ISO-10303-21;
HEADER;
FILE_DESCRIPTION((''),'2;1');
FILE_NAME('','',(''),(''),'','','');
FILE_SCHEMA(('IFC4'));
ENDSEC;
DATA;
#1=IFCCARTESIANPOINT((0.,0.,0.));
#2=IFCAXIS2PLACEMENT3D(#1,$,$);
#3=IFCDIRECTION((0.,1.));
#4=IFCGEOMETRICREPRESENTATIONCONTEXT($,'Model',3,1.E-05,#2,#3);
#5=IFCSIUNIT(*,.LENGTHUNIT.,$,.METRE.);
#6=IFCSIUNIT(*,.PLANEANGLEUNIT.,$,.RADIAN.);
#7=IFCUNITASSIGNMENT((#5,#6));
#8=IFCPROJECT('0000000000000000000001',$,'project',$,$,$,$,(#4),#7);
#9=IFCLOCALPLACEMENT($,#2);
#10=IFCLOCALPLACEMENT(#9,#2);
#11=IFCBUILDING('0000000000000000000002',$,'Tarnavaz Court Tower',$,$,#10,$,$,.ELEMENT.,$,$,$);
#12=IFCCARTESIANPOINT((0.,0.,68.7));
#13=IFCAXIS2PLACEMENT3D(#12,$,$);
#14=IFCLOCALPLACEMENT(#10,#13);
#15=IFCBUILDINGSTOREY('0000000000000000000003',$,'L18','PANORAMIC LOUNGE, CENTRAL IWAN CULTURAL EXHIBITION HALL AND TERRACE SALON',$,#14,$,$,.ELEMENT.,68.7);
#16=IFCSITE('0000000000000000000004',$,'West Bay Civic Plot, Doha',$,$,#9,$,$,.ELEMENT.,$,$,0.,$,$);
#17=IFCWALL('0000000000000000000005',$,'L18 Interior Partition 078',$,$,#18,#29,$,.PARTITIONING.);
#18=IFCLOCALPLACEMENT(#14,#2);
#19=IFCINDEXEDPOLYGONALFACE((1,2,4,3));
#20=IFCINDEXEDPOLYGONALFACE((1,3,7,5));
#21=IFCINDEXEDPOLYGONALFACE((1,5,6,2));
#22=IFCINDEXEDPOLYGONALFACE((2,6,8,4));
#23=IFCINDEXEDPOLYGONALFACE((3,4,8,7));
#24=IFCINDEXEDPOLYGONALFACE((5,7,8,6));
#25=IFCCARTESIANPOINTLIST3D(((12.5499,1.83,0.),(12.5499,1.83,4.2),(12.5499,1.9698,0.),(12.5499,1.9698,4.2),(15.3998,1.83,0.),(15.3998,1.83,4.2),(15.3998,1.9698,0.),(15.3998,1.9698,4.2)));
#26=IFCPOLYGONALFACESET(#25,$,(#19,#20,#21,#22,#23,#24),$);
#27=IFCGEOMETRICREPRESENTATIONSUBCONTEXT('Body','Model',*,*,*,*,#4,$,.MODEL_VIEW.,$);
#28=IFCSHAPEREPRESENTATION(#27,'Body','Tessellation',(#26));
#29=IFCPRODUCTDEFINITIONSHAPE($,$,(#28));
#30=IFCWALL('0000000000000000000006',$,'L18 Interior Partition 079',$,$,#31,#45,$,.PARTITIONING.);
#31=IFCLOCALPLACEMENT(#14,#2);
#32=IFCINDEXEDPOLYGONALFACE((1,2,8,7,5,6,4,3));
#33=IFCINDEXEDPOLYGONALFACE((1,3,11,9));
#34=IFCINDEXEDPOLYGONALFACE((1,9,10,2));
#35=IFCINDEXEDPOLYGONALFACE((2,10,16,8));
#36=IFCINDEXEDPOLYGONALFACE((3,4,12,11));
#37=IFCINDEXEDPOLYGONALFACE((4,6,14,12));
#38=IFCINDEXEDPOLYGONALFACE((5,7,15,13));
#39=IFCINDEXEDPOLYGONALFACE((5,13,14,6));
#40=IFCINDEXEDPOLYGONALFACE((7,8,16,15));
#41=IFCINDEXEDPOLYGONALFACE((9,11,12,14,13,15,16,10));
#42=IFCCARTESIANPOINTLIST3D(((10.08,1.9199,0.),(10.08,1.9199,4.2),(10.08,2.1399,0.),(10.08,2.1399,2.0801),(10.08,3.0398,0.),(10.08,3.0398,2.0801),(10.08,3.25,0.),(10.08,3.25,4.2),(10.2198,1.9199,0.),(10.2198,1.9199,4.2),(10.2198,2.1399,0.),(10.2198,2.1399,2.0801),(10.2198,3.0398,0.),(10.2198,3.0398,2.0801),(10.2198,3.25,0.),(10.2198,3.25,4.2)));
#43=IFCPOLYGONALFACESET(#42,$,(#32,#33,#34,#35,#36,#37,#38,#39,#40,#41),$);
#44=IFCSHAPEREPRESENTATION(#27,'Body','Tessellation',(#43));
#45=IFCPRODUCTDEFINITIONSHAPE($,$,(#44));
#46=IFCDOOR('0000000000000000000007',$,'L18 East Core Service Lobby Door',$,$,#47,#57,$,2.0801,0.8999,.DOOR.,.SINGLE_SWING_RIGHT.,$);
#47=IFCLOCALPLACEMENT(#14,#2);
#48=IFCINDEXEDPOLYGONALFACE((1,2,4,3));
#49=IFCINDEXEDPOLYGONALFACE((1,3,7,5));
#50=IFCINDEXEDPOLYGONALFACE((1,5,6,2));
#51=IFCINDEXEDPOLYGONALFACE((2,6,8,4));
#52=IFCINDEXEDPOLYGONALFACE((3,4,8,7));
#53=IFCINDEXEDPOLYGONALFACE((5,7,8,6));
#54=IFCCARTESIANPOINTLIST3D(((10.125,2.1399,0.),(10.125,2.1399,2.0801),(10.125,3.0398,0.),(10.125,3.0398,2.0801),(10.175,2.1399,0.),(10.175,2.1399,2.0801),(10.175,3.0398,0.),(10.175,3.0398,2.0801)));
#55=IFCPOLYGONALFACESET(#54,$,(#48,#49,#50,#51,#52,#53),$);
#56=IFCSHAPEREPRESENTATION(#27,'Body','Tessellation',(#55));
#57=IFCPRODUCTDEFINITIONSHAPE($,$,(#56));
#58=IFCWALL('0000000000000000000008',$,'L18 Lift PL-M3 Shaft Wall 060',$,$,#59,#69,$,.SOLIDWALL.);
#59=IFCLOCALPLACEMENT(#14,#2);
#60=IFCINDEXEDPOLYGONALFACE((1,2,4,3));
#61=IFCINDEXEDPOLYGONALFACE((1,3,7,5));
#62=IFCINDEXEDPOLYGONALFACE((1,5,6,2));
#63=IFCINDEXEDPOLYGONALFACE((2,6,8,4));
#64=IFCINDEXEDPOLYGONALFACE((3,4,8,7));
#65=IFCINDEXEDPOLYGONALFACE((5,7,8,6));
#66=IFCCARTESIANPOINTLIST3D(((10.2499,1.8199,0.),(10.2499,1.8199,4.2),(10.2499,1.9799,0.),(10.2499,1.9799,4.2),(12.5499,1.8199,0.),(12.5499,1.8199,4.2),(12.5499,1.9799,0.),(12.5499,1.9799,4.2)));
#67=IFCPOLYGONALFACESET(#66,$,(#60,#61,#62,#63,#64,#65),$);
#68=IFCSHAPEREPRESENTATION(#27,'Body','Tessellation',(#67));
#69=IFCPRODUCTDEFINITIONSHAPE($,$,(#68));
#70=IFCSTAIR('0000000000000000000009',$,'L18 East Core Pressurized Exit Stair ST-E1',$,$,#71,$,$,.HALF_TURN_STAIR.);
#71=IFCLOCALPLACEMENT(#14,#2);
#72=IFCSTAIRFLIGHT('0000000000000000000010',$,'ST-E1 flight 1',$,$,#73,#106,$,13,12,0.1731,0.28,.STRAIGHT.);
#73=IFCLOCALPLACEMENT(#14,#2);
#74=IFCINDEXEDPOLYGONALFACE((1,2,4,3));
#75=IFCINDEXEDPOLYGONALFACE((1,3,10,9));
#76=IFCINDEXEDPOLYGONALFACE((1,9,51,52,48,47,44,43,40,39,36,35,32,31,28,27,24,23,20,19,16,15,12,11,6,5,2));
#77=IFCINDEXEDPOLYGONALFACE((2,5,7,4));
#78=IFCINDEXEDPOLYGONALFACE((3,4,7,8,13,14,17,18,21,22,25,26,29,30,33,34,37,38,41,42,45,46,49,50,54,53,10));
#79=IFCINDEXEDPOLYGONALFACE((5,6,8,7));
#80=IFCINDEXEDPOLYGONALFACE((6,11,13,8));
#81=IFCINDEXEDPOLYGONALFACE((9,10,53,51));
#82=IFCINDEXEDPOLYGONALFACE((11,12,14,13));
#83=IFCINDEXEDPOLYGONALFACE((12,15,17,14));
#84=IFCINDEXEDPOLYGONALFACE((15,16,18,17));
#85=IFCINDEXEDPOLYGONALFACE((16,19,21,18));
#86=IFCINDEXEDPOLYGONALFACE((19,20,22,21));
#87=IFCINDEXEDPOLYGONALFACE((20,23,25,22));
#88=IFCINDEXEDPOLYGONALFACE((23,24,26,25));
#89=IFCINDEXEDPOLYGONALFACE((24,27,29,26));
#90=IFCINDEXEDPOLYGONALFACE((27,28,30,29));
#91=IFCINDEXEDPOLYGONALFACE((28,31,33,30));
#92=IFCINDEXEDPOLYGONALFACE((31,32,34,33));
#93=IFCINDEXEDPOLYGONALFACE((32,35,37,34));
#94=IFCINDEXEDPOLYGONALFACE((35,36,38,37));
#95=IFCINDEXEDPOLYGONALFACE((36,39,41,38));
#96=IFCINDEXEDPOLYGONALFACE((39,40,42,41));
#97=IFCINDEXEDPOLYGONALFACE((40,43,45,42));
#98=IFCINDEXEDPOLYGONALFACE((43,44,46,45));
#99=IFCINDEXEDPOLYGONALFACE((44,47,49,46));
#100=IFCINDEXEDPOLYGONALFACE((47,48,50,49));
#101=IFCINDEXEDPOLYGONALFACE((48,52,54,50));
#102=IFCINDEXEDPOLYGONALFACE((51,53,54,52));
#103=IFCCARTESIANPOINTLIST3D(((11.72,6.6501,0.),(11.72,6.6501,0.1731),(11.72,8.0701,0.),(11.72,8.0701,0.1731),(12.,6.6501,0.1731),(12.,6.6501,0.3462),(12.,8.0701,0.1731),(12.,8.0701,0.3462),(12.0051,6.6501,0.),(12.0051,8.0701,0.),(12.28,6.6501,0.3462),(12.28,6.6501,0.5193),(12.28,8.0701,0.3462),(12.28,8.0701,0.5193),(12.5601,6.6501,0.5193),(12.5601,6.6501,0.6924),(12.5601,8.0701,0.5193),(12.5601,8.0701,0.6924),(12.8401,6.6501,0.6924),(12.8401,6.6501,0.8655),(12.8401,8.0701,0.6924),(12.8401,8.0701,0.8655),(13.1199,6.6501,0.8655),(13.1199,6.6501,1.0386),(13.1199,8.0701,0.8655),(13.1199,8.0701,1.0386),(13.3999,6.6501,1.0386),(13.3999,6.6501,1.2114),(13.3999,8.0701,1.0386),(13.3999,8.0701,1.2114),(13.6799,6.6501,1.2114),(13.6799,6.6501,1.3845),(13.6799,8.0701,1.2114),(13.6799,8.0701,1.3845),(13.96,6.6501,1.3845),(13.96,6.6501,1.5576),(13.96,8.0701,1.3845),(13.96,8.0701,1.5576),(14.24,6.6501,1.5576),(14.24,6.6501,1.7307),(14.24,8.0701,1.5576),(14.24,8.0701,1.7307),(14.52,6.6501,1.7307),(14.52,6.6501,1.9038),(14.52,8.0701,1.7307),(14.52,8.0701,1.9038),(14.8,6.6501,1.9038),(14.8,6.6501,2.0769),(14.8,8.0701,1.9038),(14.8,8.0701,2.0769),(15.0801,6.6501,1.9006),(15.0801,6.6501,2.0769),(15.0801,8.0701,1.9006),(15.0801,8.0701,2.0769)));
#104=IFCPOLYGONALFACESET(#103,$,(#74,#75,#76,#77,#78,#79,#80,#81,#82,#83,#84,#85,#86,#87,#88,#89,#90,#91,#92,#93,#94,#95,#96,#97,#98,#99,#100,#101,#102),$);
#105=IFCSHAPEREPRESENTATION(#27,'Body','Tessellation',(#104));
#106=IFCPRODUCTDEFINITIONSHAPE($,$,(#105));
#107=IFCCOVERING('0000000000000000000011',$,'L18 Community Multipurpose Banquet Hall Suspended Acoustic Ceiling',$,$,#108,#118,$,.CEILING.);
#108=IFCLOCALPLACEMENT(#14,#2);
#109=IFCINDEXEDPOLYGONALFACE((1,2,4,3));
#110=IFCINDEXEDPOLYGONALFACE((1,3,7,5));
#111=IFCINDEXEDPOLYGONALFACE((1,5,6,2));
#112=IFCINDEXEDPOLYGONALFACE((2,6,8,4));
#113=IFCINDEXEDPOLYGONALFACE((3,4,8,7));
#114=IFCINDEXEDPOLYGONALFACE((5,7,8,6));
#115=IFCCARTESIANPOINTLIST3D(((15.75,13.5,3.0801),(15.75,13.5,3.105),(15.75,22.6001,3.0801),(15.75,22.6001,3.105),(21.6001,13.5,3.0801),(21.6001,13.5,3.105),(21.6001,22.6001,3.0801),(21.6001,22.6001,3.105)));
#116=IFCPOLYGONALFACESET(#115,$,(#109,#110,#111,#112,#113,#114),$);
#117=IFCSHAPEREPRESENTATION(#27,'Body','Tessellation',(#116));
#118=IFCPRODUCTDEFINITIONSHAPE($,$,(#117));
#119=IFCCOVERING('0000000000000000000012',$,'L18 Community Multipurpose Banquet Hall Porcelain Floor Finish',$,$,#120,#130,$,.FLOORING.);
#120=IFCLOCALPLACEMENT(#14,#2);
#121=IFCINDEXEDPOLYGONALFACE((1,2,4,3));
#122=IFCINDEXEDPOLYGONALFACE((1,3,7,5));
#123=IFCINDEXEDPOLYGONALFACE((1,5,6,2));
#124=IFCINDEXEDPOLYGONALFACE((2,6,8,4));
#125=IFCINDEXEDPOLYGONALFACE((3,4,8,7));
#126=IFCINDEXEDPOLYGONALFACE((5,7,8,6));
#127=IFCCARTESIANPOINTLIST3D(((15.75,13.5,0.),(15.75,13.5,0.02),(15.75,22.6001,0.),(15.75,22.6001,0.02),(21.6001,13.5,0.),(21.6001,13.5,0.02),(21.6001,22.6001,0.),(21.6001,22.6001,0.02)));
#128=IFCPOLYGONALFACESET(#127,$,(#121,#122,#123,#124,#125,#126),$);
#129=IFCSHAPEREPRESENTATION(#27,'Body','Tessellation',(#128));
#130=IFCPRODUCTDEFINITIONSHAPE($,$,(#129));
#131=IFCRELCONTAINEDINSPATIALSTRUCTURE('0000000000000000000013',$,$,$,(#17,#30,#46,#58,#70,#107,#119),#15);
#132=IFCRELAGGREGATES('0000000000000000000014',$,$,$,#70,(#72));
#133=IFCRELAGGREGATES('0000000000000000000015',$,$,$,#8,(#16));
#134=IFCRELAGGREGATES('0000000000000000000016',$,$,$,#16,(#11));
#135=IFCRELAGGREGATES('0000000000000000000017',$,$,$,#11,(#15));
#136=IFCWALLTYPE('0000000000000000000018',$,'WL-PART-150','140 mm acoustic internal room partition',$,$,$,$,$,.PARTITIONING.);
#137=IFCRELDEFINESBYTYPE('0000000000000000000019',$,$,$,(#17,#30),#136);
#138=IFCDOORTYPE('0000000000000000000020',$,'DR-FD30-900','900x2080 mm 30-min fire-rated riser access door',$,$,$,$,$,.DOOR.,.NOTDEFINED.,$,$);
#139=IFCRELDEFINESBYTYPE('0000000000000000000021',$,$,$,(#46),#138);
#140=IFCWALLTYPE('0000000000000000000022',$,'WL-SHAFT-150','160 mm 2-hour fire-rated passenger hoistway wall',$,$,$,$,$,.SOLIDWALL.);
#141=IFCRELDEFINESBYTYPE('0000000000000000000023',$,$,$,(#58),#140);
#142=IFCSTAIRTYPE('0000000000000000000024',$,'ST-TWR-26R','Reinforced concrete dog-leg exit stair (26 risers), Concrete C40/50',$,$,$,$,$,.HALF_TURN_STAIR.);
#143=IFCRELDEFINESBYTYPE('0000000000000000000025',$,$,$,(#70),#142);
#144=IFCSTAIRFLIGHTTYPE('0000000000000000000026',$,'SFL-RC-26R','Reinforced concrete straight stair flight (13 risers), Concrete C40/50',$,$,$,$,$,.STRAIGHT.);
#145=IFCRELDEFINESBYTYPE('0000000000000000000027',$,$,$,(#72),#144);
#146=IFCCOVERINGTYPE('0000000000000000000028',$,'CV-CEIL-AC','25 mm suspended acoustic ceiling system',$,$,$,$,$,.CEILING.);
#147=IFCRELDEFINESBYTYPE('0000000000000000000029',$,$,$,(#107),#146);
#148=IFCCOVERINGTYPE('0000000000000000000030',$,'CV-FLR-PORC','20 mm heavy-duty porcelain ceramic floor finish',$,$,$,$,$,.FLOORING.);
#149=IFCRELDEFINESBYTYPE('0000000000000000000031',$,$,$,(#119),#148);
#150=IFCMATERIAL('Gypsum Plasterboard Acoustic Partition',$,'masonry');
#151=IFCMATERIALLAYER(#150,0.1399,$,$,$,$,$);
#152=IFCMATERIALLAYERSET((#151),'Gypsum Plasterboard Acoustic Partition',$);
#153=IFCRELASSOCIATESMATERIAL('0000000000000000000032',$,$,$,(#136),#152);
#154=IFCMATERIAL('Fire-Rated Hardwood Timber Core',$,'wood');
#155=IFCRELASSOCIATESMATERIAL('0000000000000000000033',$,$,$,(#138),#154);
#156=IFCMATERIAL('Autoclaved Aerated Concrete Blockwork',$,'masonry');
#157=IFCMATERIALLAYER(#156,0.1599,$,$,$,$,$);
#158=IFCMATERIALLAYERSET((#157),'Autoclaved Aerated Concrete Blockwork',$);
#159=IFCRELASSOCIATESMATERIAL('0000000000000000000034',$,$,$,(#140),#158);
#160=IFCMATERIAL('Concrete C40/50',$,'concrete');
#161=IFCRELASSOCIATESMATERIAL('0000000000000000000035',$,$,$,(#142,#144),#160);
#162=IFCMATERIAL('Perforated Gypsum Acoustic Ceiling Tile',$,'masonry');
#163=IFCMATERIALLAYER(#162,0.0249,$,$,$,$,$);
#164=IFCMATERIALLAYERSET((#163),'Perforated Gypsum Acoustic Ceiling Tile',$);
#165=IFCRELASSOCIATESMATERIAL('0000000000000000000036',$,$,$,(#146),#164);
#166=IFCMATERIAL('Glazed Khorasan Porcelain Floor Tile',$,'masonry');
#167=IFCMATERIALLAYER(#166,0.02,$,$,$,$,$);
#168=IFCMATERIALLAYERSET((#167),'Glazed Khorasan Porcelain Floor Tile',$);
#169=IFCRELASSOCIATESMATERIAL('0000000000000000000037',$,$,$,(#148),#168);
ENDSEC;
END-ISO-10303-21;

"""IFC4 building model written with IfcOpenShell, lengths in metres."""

from ifc_helpers import new_model, si_unit, direction, frame, frame_2d, origin, place, context, subcontext, project, spatial, polyline, rectangle, outline, extrude, material, layer, layer_set, type_object, element, fill, aggregate, save


model = new_model("IFC4")

# Units and contexts
model_context = context("Model", 3, precision=1e-05, world=origin(), true_north=direction((0.0, 1.0)))
body_context = subcontext(model_context, "Body", "Model", "MODEL_VIEW")
ifc_project = project(units=[si_unit("LENGTHUNIT", "METRE"), si_unit("PLANEANGLEUNIT", "RADIAN")], contexts=[model_context])

# Site, building, storey
site_placement = place(None, origin())
site = spatial("IfcSite", under=ifc_project, at=site_placement, Name="West Bay Civic Plot, Doha", CompositionType="ELEMENT", RefElevation=0.0)
building_placement = place(site_placement, origin())
building = spatial("IfcBuilding", under=site, at=building_placement, Name="Tarnavaz Court Tower", CompositionType="ELEMENT")
storey_placement = place(building_placement, frame((0.0, 0.0, 68.7)))
storey = spatial("IfcBuildingStorey", under=building, at=storey_placement, Name="L18", Description="PANORAMIC LOUNGE, CENTRAL IWAN CULTURAL EXHIBITION HALL AND TERRACE SALON", CompositionType="ELEMENT", Elevation=68.7)

# Shared definitions
ifc_material_1 = material(Name="Fire-Rated Hardwood Timber Core", Category="wood")

# Shared definitions
ifc_material_2 = material(Name="Autoclaved Aerated Concrete Blockwork", Category="masonry")

# Wall
ifc_material_3 = material(Name="Gypsum Plasterboard Acoustic Partition", Category="masonry")
ifc_layer_1 = layer(ifc_material_3, 0.1399)
ifc_layer_set_1 = layer_set([ifc_layer_1], Name="Gypsum Plasterboard Acoustic Partition")
wall_type_1 = type_object("IfcWallType", Name="WL-PART-150", Description="140 mm acoustic internal room partition", PredefinedType="PARTITIONING", material=ifc_layer_set_1)
wall_1_placement = place(storey_placement, frame((12.55, 1.8999, 0.0), z_axis=(0.0, 0.0, 1.0), x_axis=(1.0, 0.0, 0.0)))
element("IfcWall", 1, at=wall_1_placement, inside=storey, type_object=wall_type_1, Name="L18 Interior Partition 078", PredefinedType="PARTITIONING", context=body_context, shape_type="SweptSolid", body=[
    extrude(rectangle(XDim=2.8499, YDim=0.1399, at=frame_2d((1.4248, 0.0))), origin(), (0.0, 0.0, 1.0), 4.2),
])

# Wall, opening, door
wall_2_placement = place(storey_placement, frame((10.1499, 1.9199, 0.0), z_axis=(0.0, 0.0, 1.0), x_axis=(0.0, 1.0, 0.0)))
wall_2 = element("IfcWall", 2, at=wall_2_placement, inside=storey, type_object=wall_type_1, Name="L18 Interior Partition 079", PredefinedType="PARTITIONING", context=body_context, shape_type="SweptSolid", body=[
    extrude(rectangle(XDim=1.3301, YDim=0.1399, at=frame_2d((0.665, 0.0))), origin(), (0.0, 0.0, 1.0), 4.2),
])
opening_1_placement = place(wall_2_placement, frame((0.22, 0.0, 0.0)))
opening_1 = element("IfcOpeningElement", 3, at=opening_1_placement, cuts=wall_2, PredefinedType="OPENING", context=body_context, shape_type="SweptSolid", body=[
    extrude(rectangle(XDim=0.8999, YDim=2.0801, at=frame_2d((0.45, 1.04))), frame((0.0, 0.0798, 0.0), z_axis=(0.0, -1.0, 0.0), x_axis=(1.0, 0.0, 0.0)), (0.0, 0.0, 1.0), 0.1599),
])
door_type_1 = type_object("IfcDoorType", Name="DR-FD30-900", Description="900x2080 mm 30-min fire-rated riser access door", OperationType="NOTDEFINED", PredefinedType="DOOR", material=ifc_material_1)
door_1_placement = place(opening_1_placement, origin())
door_1 = element("IfcDoor", 4, at=door_1_placement, inside=storey, type_object=door_type_1, Name="L18 East Core Service Lobby Door", OperationType="SINGLE_SWING_RIGHT", OverallHeight=2.0801, OverallWidth=0.8999, PredefinedType="DOOR", context=body_context, shape_type="SweptSolid", body=[
    extrude(rectangle(XDim=0.8999, YDim=2.0801, at=frame_2d((0.45, 1.04))), frame((0.0, 0.0249, 0.0), z_axis=(0.0, -1.0, 0.0), x_axis=(1.0, 0.0, 0.0)), (0.0, 0.0, 1.0), 0.05),
])
fill(opening_1, door_1)

# Wall
ifc_layer_2 = layer(ifc_material_2, 0.1599)
ifc_layer_set_2 = layer_set([ifc_layer_2], Name="Autoclaved Aerated Concrete Blockwork")
wall_type_2 = type_object("IfcWallType", Name="WL-SHAFT-150", Description="160 mm 2-hour fire-rated passenger hoistway wall", PredefinedType="SOLIDWALL", material=ifc_layer_set_2)
wall_3_placement = place(storey_placement, frame((10.25, 1.8999, 0.0), z_axis=(0.0, 0.0, 1.0), x_axis=(1.0, 0.0, 0.0)))
element("IfcWall", 5, at=wall_3_placement, inside=storey, type_object=wall_type_2, Name="L18 Lift PL-M3 Shaft Wall 060", PredefinedType="SOLIDWALL", context=body_context, shape_type="SweptSolid", body=[
    extrude(rectangle(XDim=2.3, YDim=0.1599, at=frame_2d((1.1499, 0.0))), origin(), (0.0, 0.0, 1.0), 4.2),
])

# Stair, stair flight
ifc_material_4 = material(Name="Concrete C40/50", Category="concrete")
stair_type = type_object("IfcStairType", Name="ST-TWR-26R", Description="Reinforced concrete dog-leg exit stair (26 risers), Concrete C40/50", PredefinedType="HALF_TURN_STAIR", material=ifc_material_4)
stair_placement = place(storey_placement, origin())
stair = element("IfcStair", 6, at=stair_placement, inside=storey, type_object=stair_type, Name="L18 East Core Pressurized Exit Stair ST-E1", PredefinedType="HALF_TURN_STAIR")
stair_flight_type = type_object("IfcStairFlightType", Name="SFL-RC-26R", Description="Reinforced concrete straight stair flight (13 risers), Concrete C40/50", PredefinedType="STRAIGHT", material=ifc_material_4)
stair_flight_placement = place(storey_placement, frame((11.72, 7.3601, 0.0), z_axis=(0.0, 0.0, 1.0), x_axis=(1.0, 0.0, 0.0)))
stair_flight = element("IfcStairFlight", 7, at=stair_flight_placement, type_object=stair_flight_type, Name="ST-E1 flight 1", NumberOfRisers=13, NumberOfTreads=12, PredefinedType="STRAIGHT", RiserHeight=0.1731, TreadLength=0.28, context=body_context, shape_type="SweptSolid", body=[
    extrude(outline(polyline([(0.0, 0.0), (0.0, 0.1731), (0.28, 0.1731), (0.28, 0.3462), (0.5601, 0.3462), (0.5601, 0.5193), (0.8401, 0.5193), (0.8401, 0.6924), (1.1201, 0.6924), (1.1201, 0.8655), (1.3999, 0.8655), (1.3999, 1.0386), (1.6799, 1.0386), (1.6799, 1.2114), (1.96, 1.2114), (1.96, 1.3845), (2.24, 1.3845), (2.24, 1.5576), (2.52, 1.5576), (2.52, 1.7307), (2.8, 1.7307), (2.8, 1.9038), (3.0801, 1.9038), (3.0801, 2.0769), (3.3601, 2.0769), (3.3601, 2.25), (3.3601, 1.9006), (0.2852, 0.0), (0.0, 0.0)])), frame((0.0, 0.71, 0.0), z_axis=(0.0, -1.0, 0.0), x_axis=(1.0, 0.0, 0.0)), (0.0, 0.0, 1.0), 1.4199),
])
aggregate(stair, [stair_flight])

# Coverings
ifc_material_5 = material(Name="Perforated Gypsum Acoustic Ceiling Tile", Category="masonry")
ifc_layer_3 = layer(ifc_material_5, 0.0249)
ifc_layer_set_3 = layer_set([ifc_layer_3], Name="Perforated Gypsum Acoustic Ceiling Tile")
covering_type_1 = type_object("IfcCoveringType", Name="CV-CEIL-AC", Description="25 mm suspended acoustic ceiling system", PredefinedType="CEILING", material=ifc_layer_set_3)
covering_1_placement = place(storey_placement, frame((0.0, 0.0, 3.0801)))
element("IfcCovering", 8, at=covering_1_placement, inside=storey, type_object=covering_type_1, Name="L18 Community Multipurpose Banquet Hall Suspended Acoustic Ceiling", PredefinedType="CEILING", context=body_context, shape_type="SweptSolid", body=[
    extrude(outline(polyline([(15.75, 13.5), (21.6001, 13.5), (21.6001, 22.6001), (15.75, 22.6001), (15.75, 13.5)])), origin(), (0.0, 0.0, 1.0), 0.0249),
])
ifc_material_6 = material(Name="Glazed Khorasan Porcelain Floor Tile", Category="masonry")
ifc_layer_4 = layer(ifc_material_6, 0.02)
ifc_layer_set_4 = layer_set([ifc_layer_4], Name="Glazed Khorasan Porcelain Floor Tile")
covering_type_2 = type_object("IfcCoveringType", Name="CV-FLR-PORC", Description="20 mm heavy-duty porcelain ceramic floor finish", PredefinedType="FLOORING", material=ifc_layer_set_4)
covering_2_placement = place(storey_placement, origin())
element("IfcCovering", 9, at=covering_2_placement, inside=storey, type_object=covering_type_2, Name="L18 Community Multipurpose Banquet Hall Porcelain Floor Finish", PredefinedType="FLOORING", context=body_context, shape_type="SweptSolid", body=[
    extrude(outline(polyline([(15.75, 13.5), (21.6001, 13.5), (21.6001, 22.6001), (15.75, 22.6001), (15.75, 13.5)])), origin(), (0.0, 0.0, 1.0), 0.02),
])

save(model, "model.ifc")
